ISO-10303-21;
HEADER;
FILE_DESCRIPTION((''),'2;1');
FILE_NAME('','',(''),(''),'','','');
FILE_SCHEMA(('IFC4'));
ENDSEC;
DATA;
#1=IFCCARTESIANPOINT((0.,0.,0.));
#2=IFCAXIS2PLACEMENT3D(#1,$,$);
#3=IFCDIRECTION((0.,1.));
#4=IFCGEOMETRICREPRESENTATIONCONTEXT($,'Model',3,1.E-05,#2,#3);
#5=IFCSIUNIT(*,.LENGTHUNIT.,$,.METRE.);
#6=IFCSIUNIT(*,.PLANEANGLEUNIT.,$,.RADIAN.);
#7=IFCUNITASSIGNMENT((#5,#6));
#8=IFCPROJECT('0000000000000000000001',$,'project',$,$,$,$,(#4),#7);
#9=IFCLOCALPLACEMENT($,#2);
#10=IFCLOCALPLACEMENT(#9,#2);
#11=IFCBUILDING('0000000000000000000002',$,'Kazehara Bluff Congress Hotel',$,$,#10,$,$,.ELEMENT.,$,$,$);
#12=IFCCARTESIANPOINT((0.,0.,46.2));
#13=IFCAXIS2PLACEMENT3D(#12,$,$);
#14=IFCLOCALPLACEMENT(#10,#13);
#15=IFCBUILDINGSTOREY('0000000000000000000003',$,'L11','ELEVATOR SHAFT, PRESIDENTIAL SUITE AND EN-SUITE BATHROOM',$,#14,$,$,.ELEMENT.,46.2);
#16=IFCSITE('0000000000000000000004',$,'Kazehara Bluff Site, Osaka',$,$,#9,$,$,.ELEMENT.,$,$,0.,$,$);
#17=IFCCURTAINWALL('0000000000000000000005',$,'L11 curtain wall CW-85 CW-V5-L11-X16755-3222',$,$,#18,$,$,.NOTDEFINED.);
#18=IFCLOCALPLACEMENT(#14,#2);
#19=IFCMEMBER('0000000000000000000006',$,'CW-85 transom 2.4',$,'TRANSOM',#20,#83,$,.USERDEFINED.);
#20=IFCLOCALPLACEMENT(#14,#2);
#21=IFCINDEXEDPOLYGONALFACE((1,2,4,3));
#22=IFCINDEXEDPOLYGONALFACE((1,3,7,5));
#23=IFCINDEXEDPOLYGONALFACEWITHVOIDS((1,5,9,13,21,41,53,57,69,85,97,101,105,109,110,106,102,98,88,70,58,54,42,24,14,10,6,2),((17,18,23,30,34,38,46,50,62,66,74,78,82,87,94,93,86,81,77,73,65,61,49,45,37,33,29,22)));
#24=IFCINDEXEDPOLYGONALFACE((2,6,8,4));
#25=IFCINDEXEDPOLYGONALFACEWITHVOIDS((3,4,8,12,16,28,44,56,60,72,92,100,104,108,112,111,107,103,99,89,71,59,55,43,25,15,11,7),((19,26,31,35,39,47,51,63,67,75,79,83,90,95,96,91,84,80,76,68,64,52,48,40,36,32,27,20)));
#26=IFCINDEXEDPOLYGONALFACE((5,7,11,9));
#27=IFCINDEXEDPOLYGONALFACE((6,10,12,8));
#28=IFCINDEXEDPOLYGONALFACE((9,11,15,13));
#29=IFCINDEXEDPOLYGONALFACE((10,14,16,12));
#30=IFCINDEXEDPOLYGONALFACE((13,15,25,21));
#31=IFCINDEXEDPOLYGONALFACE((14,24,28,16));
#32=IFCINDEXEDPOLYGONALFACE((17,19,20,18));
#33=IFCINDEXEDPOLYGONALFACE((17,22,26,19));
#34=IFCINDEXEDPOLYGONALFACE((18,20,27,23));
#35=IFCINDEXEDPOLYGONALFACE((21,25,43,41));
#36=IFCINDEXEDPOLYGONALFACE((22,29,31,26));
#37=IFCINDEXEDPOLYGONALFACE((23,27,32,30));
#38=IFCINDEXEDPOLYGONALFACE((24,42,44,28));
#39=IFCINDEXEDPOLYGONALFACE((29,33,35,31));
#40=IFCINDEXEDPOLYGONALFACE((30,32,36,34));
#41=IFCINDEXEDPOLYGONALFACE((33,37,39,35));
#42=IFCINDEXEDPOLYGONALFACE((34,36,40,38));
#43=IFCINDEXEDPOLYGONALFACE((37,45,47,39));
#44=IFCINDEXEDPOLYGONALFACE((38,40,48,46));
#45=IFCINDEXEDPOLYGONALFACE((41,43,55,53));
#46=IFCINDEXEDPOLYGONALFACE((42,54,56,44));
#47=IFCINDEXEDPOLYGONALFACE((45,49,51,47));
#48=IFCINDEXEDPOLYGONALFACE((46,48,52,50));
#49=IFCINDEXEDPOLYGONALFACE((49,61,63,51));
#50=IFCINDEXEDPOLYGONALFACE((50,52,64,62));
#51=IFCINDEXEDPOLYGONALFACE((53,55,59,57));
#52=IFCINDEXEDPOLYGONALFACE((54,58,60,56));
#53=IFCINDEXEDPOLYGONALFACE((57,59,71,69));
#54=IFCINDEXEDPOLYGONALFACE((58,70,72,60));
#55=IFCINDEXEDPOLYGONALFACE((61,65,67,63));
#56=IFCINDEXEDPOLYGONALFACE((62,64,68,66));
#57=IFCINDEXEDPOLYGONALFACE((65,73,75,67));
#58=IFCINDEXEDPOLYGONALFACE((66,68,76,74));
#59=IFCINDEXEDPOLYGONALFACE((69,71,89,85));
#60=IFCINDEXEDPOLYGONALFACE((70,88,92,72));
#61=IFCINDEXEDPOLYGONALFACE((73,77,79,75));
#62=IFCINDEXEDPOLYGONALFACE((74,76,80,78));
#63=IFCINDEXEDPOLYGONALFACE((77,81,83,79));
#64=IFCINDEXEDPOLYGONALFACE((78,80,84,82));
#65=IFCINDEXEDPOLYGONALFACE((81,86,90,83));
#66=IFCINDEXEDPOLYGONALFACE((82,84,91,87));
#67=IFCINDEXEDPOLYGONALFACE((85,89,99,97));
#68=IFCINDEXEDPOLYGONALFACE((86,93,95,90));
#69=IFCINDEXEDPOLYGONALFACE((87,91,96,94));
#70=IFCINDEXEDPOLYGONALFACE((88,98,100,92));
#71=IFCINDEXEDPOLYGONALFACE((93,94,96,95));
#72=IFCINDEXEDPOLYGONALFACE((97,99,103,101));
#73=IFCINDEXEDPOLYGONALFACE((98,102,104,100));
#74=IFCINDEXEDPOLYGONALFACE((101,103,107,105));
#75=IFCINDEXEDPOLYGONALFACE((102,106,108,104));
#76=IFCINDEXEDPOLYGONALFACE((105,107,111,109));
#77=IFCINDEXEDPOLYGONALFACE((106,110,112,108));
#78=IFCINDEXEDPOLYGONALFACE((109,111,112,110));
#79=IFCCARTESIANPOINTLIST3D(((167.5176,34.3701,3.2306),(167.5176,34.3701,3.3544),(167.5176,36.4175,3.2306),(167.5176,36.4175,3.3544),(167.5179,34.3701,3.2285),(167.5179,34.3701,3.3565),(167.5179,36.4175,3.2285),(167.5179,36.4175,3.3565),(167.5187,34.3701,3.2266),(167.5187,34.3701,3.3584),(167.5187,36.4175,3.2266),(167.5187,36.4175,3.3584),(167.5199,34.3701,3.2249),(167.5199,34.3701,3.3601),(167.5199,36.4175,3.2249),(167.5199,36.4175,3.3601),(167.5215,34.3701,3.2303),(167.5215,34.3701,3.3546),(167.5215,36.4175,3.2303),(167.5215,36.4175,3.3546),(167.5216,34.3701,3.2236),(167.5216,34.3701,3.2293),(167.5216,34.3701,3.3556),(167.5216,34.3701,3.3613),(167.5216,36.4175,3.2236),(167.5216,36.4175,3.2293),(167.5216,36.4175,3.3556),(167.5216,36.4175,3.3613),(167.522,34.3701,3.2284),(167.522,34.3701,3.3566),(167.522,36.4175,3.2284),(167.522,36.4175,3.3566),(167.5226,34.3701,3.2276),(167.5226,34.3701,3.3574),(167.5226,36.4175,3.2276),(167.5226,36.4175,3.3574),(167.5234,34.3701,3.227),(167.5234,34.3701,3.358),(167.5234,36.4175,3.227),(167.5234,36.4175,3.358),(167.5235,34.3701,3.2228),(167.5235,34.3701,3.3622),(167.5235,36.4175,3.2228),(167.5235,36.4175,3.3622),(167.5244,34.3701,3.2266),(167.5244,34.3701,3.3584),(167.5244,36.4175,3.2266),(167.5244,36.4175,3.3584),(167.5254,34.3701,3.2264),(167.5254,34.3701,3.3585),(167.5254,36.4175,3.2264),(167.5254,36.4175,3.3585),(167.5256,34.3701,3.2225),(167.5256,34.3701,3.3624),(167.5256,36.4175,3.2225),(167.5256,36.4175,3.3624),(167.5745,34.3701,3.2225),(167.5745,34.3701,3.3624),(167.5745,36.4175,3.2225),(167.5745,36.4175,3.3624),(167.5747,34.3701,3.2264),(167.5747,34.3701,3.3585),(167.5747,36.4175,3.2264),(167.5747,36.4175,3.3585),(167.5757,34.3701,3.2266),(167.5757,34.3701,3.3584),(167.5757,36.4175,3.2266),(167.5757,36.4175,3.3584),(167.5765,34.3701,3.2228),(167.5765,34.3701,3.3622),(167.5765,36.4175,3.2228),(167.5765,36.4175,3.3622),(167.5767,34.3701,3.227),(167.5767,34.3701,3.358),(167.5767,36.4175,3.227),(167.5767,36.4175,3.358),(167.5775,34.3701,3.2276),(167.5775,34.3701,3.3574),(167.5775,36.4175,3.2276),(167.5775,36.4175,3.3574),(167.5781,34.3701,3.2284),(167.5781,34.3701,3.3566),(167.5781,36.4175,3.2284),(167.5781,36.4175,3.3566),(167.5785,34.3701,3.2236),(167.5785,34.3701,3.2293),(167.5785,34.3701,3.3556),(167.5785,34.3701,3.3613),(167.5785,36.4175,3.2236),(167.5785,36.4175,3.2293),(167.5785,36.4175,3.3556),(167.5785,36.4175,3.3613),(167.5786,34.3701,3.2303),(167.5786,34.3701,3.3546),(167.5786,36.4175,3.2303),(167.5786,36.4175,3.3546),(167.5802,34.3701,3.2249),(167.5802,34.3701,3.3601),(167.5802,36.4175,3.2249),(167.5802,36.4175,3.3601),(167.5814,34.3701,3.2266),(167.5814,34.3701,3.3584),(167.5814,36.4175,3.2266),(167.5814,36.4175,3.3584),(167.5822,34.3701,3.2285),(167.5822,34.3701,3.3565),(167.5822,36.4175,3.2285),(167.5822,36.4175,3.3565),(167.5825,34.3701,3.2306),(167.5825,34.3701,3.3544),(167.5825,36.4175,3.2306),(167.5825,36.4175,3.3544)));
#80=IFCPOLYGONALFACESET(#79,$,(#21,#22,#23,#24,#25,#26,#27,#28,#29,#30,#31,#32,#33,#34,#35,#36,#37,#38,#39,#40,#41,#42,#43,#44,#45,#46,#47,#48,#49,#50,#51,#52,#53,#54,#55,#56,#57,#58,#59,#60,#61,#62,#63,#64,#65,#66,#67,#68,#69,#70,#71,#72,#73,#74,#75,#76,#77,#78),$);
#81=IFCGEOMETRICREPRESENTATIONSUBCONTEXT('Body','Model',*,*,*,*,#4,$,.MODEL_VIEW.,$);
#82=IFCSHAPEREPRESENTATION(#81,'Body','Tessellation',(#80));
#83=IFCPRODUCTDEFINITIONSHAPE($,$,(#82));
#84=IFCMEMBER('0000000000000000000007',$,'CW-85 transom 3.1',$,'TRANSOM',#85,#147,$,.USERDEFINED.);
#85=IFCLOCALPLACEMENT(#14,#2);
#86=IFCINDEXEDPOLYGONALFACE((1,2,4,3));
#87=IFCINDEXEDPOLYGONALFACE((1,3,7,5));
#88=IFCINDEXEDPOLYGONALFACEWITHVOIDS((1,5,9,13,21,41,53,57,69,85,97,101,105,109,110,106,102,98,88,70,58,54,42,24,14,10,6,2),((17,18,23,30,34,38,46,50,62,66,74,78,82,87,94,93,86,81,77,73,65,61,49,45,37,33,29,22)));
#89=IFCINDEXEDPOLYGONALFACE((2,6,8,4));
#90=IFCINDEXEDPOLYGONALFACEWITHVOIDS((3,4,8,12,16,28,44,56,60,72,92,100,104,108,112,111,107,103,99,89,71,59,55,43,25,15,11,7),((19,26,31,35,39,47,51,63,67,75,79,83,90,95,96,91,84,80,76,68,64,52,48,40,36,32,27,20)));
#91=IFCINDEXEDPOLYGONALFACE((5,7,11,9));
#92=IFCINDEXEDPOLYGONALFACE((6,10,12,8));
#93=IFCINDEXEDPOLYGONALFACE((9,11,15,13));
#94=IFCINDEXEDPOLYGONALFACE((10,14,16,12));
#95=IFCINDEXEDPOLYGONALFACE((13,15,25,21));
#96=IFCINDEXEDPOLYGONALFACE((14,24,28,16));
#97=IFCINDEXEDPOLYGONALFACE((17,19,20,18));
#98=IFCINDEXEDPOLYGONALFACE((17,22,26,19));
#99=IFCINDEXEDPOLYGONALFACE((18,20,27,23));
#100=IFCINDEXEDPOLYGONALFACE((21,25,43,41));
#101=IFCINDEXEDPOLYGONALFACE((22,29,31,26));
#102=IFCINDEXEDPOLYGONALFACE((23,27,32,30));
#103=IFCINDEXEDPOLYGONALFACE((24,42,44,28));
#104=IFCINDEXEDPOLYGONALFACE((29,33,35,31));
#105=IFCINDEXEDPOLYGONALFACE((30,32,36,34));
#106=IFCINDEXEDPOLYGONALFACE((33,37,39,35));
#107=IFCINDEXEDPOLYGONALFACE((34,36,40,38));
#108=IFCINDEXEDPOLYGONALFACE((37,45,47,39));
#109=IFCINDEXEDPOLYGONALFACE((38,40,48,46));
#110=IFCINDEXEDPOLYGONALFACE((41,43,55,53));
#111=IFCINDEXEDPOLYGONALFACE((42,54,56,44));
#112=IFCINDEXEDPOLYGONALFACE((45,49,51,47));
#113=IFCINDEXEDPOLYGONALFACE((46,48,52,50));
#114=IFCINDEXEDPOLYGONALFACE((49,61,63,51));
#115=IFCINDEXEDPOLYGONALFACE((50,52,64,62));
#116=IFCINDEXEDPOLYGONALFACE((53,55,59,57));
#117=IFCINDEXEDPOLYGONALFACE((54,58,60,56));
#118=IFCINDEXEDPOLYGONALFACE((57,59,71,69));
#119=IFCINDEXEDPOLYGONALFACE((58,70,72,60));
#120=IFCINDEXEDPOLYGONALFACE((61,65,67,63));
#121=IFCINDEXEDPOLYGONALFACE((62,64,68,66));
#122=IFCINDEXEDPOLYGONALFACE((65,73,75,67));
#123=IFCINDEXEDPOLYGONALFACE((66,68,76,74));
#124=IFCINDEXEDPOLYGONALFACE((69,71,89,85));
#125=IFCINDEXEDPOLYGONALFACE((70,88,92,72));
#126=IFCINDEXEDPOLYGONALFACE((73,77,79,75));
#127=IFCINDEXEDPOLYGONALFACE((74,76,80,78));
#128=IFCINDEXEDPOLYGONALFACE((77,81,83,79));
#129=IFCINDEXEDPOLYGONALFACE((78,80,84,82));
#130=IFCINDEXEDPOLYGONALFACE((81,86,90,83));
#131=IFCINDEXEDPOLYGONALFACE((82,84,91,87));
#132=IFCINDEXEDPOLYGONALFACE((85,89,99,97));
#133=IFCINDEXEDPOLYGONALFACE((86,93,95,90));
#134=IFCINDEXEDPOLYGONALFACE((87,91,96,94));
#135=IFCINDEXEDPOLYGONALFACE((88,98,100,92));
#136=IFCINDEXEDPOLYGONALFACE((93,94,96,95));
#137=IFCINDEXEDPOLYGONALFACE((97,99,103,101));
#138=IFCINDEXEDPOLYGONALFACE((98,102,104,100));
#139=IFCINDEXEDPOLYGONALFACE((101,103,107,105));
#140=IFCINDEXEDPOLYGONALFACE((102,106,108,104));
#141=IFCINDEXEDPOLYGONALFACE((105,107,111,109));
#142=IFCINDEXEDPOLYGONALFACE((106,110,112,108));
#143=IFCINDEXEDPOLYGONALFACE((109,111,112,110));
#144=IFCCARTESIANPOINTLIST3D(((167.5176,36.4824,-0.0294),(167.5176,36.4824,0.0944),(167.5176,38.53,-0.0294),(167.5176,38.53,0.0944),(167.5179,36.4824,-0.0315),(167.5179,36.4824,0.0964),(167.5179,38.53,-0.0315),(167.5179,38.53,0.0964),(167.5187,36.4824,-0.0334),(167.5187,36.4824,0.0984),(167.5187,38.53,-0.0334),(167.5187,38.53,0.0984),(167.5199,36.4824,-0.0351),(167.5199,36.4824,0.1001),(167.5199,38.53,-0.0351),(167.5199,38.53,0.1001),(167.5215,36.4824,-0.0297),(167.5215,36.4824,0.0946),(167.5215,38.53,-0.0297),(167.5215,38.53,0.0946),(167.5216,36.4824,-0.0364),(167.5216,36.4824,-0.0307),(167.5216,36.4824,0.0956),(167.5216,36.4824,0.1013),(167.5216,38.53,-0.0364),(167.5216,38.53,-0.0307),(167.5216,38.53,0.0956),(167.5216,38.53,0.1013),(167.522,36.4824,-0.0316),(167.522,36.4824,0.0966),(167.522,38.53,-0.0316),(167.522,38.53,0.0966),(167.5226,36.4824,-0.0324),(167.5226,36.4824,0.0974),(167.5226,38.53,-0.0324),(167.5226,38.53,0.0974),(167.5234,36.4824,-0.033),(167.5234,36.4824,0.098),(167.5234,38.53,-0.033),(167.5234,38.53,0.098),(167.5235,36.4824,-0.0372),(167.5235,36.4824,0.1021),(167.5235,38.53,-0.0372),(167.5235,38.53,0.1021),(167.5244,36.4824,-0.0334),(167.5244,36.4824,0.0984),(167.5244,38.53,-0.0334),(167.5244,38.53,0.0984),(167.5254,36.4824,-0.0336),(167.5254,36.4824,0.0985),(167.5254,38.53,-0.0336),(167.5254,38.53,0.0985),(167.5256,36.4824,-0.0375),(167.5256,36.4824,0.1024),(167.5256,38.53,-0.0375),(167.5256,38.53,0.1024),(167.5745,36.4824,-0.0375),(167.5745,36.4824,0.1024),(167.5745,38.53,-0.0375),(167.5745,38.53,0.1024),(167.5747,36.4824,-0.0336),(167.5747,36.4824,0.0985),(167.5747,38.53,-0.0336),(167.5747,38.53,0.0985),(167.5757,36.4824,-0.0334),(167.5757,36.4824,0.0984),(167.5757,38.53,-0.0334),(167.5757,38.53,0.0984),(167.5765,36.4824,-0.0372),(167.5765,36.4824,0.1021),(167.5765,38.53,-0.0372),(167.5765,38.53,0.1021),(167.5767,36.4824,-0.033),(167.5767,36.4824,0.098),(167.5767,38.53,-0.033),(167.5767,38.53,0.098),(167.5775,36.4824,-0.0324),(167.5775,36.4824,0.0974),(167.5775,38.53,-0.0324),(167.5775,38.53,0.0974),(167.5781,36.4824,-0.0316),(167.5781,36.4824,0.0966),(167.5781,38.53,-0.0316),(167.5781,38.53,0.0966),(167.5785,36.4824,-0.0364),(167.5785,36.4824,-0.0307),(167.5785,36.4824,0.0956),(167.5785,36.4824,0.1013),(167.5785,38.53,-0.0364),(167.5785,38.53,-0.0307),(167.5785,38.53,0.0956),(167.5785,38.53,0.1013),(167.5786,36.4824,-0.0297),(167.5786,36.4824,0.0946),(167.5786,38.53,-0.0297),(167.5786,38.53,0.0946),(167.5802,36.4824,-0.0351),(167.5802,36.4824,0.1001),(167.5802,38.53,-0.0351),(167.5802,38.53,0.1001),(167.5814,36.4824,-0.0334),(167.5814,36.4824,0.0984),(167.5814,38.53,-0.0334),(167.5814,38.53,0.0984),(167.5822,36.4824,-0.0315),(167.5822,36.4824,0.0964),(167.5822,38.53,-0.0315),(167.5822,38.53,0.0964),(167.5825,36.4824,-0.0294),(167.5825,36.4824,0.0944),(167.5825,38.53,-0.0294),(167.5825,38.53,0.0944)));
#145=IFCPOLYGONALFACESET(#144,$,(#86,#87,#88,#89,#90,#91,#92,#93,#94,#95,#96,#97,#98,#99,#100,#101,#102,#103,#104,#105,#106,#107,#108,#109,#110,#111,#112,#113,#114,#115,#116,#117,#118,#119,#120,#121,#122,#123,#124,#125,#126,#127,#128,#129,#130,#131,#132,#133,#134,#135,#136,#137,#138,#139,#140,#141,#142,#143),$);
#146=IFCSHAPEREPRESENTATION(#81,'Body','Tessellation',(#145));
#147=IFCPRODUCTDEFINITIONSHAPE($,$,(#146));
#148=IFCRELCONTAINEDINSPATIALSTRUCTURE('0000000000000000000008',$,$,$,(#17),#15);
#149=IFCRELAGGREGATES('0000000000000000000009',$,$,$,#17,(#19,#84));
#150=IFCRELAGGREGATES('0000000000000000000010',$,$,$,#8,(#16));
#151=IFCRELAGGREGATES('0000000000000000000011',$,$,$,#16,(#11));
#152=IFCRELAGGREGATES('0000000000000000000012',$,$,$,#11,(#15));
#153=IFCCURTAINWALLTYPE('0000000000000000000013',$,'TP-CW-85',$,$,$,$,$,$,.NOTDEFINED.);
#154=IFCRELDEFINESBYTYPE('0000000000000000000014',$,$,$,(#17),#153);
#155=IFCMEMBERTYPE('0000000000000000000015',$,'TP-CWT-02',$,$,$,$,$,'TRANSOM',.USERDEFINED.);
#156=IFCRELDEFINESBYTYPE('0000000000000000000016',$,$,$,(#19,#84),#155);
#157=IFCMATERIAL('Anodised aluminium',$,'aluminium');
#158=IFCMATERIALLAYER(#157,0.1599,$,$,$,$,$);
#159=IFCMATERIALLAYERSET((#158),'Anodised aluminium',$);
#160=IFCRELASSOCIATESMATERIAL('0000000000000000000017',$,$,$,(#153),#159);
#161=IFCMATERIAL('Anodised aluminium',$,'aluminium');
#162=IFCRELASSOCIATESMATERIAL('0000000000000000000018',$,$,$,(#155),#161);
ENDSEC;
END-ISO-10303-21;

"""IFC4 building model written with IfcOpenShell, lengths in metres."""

from ifc_helpers import new_model, si_unit, direction, frame, origin, origin_2d, place, context, subcontext, project, spatial, hollow_rectangle, extrude, material, layer, layer_set, material_profile, profile_set, type_object, element, aggregate, save


model = new_model("IFC4")

# Units and contexts
model_context = context("Model", 3, precision=1e-05, world=origin(), true_north=direction((0.0, 1.0)))
body_context = subcontext(model_context, "Body", "Model", "MODEL_VIEW")
ifc_project = project(units=[si_unit("LENGTHUNIT", "METRE"), si_unit("PLANEANGLEUNIT", "RADIAN")], contexts=[model_context])

# Site, building, storey
site_placement = place(None, origin())
site = spatial("IfcSite", under=ifc_project, at=site_placement, Name="Kazehara Bluff Site, Osaka", CompositionType="ELEMENT", RefElevation=0.0)
building_placement = place(site_placement, origin())
building = spatial("IfcBuilding", under=site, at=building_placement, Name="Kazehara Bluff Congress Hotel", CompositionType="ELEMENT")
storey_placement = place(building_placement, frame((0.0, 0.0, 46.2)))
storey = spatial("IfcBuildingStorey", under=building, at=storey_placement, Name="L11", Description="ELEVATOR SHAFT, PRESIDENTIAL SUITE AND EN-SUITE BATHROOM", CompositionType="ELEMENT", Elevation=46.2)

# Curtain wall, members
ifc_material_1 = material(Name="Anodised aluminium", Category="aluminium")
ifc_layer_1 = layer(ifc_material_1, 0.1599)
ifc_layer_set_1 = layer_set([ifc_layer_1], Name="Anodised aluminium")
curtain_wall_type = type_object("IfcCurtainWallType", Name="TP-CW-85", PredefinedType="NOTDEFINED", material=ifc_layer_set_1)
curtain_wall_placement = place(storey_placement, origin())
curtain_wall = element("IfcCurtainWall", 1, at=curtain_wall_placement, inside=storey, type_object=curtain_wall_type, Name="L11 curtain wall CW-85 CW-V5-L11-X16755-3222", PredefinedType="NOTDEFINED")
ifc_material_2 = material(Name="Anodised aluminium", Category="aluminium")
ifc_material_profile_1 = material_profile(ifc_material_2, hollow_rectangle(XDim=0.0649, YDim=0.1399, WallThickness=0.0039, InnerFilletRadius=0.0039, OuterFilletRadius=0.0081, at=origin_2d()))
ifc_profile_set_1 = profile_set([ifc_material_profile_1], Name="Anodised aluminium")
member_type_1 = type_object("IfcMemberType", Name="TP-CWT-02", ElementType="TRANSOM", PredefinedType="USERDEFINED", material=ifc_profile_set_1)
member_1_placement = place(storey_placement, frame((167.55, 34.3701, 3.2925), z_axis=(0.0, 1.0, 0.0), x_axis=(-1.0, 0.0, 0.0)))
member_1 = element("IfcMember", 2, at=member_1_placement, type_object=member_type_1, Name="CW-85 transom 2.4", ObjectType="TRANSOM", PredefinedType="USERDEFINED", context=body_context, shape_type="SweptSolid", body=[
    extrude(hollow_rectangle(XDim=0.0649, YDim=0.1399, WallThickness=0.0039, InnerFilletRadius=0.0039, OuterFilletRadius=0.0081, at=origin_2d()), origin(), (0.0, 0.0, 1.0), 2.0474),
])
member_2_placement = place(storey_placement, frame((167.55, 36.4824, 0.0325), z_axis=(0.0, 1.0, 0.0), x_axis=(-1.0, 0.0, 0.0)))
member_2 = element("IfcMember", 3, at=member_2_placement, type_object=member_type_1, Name="CW-85 transom 3.1", ObjectType="TRANSOM", PredefinedType="USERDEFINED", context=body_context, shape_type="SweptSolid", body=[
    extrude(hollow_rectangle(XDim=0.0649, YDim=0.1399, WallThickness=0.0039, InnerFilletRadius=0.0039, OuterFilletRadius=0.0081, at=origin_2d()), origin(), (0.0, 0.0, 1.0), 2.0476),
])

aggregate(curtain_wall, [member_1, member_2])

save(model, "model.ifc")
